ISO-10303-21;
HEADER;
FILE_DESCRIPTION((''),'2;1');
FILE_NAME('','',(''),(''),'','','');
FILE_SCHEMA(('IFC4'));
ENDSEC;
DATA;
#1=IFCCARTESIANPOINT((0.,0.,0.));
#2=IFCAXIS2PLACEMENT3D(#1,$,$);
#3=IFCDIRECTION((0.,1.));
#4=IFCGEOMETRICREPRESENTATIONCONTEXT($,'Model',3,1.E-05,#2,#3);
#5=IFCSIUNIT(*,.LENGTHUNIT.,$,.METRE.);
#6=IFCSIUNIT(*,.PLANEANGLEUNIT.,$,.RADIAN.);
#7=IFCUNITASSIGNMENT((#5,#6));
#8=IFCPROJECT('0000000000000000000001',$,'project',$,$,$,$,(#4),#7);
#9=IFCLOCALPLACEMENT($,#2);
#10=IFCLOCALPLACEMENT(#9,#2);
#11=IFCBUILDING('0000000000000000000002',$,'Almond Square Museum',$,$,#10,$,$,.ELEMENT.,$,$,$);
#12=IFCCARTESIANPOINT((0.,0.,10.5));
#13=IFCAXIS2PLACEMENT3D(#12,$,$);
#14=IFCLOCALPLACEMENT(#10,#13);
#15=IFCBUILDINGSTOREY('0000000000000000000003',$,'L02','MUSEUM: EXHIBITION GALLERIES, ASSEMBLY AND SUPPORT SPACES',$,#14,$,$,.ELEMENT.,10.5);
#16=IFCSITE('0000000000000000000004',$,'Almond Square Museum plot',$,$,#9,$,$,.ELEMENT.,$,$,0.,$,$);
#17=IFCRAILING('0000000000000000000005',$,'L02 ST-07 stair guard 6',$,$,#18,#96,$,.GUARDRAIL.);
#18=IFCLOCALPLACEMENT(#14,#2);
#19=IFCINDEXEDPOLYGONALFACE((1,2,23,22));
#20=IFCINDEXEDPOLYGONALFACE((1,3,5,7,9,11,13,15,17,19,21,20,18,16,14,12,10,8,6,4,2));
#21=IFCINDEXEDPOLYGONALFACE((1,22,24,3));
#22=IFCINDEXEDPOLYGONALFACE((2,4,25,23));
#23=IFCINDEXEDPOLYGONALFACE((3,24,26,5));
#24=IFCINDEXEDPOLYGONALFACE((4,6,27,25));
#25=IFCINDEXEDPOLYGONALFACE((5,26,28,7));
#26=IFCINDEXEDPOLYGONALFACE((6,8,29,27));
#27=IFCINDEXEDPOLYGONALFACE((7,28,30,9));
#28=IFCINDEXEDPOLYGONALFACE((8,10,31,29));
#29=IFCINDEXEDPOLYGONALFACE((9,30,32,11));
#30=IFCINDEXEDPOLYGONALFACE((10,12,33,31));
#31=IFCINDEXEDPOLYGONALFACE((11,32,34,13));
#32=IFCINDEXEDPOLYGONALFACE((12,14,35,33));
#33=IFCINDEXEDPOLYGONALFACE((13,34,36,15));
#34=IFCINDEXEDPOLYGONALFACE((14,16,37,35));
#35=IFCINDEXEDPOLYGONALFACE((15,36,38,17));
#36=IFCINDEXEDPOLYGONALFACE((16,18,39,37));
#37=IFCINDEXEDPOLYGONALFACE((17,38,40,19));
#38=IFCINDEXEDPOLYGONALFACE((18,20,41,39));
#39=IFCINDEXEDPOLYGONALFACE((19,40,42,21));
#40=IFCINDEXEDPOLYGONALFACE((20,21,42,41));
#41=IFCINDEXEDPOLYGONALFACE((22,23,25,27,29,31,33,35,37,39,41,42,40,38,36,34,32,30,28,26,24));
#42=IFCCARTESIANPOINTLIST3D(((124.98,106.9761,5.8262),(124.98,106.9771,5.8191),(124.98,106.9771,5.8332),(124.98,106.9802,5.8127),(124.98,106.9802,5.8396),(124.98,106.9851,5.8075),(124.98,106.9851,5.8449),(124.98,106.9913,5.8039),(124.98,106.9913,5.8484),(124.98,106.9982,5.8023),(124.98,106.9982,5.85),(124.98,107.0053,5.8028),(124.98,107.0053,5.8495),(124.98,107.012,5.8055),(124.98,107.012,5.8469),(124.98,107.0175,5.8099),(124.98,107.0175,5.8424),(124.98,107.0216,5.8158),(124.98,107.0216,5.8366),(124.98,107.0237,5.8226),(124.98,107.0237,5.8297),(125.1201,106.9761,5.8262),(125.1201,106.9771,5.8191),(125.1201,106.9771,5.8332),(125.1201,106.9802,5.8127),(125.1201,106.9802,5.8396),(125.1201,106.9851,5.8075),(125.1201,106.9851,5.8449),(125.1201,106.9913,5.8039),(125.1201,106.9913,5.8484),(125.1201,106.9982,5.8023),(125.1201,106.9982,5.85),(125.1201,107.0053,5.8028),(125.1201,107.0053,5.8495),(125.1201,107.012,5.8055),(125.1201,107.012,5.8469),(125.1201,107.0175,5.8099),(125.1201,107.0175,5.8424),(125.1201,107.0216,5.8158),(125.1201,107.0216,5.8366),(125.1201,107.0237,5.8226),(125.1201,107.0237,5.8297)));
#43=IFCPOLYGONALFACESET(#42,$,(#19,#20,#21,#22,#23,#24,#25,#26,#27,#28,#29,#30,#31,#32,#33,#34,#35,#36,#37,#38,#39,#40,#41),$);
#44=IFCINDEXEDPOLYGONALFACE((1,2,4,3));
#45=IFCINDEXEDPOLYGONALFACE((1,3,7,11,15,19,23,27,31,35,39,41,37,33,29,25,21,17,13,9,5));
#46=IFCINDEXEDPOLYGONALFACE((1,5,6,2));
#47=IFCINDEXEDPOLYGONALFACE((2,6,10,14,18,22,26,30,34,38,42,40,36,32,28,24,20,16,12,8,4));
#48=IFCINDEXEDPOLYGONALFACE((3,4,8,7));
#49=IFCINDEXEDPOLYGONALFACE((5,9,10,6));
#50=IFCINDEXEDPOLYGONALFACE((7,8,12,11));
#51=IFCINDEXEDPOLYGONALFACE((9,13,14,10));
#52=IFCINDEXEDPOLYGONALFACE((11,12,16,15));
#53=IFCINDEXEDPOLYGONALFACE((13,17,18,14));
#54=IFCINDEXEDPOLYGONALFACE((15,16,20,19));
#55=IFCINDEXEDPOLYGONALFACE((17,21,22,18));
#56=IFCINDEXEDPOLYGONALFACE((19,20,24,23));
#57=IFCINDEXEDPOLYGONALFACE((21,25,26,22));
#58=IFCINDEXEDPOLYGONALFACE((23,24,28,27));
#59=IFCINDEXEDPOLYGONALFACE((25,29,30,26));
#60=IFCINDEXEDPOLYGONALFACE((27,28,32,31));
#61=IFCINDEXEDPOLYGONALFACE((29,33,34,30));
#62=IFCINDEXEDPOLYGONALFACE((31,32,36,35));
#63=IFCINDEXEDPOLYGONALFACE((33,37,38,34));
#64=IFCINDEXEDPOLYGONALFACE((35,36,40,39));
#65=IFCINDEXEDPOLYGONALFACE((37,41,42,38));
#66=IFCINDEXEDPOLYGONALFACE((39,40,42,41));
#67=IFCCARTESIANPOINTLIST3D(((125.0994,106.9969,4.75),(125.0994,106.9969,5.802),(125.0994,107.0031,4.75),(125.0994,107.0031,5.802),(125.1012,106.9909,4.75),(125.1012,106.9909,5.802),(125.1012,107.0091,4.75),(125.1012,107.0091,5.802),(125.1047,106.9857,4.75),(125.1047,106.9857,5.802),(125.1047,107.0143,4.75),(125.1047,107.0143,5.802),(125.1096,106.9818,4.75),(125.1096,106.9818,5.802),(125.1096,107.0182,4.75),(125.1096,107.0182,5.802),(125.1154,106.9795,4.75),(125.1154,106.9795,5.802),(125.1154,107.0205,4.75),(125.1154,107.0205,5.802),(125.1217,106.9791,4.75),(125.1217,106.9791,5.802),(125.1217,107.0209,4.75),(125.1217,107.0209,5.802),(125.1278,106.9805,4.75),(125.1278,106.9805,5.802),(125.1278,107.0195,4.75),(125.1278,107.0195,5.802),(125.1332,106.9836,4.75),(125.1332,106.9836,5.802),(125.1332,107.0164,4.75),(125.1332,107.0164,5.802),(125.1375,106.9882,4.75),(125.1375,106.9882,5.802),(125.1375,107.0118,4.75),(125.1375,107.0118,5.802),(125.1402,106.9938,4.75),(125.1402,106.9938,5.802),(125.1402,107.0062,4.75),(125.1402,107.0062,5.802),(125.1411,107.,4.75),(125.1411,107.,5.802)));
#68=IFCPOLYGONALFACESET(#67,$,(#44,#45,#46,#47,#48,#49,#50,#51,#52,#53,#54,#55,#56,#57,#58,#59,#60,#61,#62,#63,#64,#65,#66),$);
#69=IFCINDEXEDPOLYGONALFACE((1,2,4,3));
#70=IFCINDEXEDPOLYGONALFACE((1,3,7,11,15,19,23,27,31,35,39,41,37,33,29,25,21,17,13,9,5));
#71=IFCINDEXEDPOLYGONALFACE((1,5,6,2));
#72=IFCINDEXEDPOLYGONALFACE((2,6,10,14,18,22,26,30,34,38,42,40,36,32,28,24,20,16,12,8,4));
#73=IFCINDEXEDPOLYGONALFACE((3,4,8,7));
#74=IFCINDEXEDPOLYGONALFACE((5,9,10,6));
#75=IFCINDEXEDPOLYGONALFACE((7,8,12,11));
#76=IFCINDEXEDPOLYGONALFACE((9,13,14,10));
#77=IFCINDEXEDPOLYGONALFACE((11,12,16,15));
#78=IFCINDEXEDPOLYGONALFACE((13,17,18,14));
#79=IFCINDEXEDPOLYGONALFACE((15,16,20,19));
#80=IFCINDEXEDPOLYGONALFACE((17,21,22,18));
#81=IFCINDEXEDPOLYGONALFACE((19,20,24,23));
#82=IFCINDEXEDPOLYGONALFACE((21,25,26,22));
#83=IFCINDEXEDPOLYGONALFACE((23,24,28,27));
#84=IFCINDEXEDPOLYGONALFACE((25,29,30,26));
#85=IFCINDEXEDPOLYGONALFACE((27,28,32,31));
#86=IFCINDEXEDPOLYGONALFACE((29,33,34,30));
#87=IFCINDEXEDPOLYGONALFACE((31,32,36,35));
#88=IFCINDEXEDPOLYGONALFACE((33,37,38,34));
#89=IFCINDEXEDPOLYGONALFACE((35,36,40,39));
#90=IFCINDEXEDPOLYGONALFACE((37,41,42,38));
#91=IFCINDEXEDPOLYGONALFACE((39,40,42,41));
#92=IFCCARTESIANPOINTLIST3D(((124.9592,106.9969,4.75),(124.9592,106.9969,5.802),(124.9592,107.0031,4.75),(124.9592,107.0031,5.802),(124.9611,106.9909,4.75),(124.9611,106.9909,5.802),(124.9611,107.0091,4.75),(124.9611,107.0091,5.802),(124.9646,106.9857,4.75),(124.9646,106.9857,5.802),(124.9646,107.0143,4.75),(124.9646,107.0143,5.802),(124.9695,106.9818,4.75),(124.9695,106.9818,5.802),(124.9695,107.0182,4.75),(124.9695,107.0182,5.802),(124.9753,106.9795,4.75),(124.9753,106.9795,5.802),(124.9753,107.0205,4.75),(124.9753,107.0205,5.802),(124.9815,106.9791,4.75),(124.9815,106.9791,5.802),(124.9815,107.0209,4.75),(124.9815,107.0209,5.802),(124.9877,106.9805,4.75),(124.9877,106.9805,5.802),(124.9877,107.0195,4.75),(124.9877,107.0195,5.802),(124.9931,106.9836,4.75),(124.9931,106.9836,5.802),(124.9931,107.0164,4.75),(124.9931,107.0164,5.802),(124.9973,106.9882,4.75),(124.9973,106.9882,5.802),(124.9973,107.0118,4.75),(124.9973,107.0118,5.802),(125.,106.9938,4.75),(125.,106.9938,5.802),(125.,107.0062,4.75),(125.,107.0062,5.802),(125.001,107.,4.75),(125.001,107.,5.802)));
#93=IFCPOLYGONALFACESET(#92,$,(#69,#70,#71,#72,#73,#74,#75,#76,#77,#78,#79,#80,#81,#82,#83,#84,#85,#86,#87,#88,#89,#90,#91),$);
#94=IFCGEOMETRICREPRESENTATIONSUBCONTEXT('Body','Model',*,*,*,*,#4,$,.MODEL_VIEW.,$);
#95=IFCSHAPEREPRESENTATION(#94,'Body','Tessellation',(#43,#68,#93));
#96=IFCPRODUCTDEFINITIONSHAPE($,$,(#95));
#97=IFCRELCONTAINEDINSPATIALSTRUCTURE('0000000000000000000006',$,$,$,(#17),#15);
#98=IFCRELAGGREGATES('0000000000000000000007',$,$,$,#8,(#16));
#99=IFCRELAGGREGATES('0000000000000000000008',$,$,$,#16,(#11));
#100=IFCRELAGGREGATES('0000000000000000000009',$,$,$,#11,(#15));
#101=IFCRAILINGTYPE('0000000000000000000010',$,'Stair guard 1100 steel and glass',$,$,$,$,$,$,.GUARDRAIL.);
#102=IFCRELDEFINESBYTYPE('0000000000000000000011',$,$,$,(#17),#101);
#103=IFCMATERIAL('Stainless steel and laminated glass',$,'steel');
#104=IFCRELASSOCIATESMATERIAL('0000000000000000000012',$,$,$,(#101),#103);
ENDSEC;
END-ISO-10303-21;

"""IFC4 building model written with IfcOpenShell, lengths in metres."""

from ifc_helpers import new_model, si_unit, direction, frame, origin, origin_2d, place, context, subcontext, project, spatial, circle, extrude, material, type_object, element, save


model = new_model("IFC4")

# Units and contexts
model_context = context("Model", 3, precision=1e-05, world=origin(), true_north=direction((0.0, 1.0)))
body_context = subcontext(model_context, "Body", "Model", "MODEL_VIEW")
ifc_project = project(units=[si_unit("LENGTHUNIT", "METRE"), si_unit("PLANEANGLEUNIT", "RADIAN")], contexts=[model_context])

# Site, building, storey
site_placement = place(None, origin())
site = spatial("IfcSite", under=ifc_project, at=site_placement, Name="Almond Square Museum plot", CompositionType="ELEMENT", RefElevation=0.0)
building_placement = place(site_placement, origin())
building = spatial("IfcBuilding", under=site, at=building_placement, Name="Almond Square Museum", CompositionType="ELEMENT")
storey_placement = place(building_placement, frame((0.0, 0.0, 10.5)))
storey = spatial("IfcBuildingStorey", under=building, at=storey_placement, Name="L02", Description="MUSEUM: EXHIBITION GALLERIES, ASSEMBLY AND SUPPORT SPACES", CompositionType="ELEMENT", Elevation=10.5)

# Railing
ifc_material_1 = material(Name="Stainless steel and laminated glass", Category="steel")
railing_type_1 = type_object("IfcRailingType", Name="Stair guard 1100 steel and glass", PredefinedType="GUARDRAIL", material=ifc_material_1)
railing_1_placement = place(storey_placement, frame((125.1201, 107.0, 4.75)))
element("IfcRailing", 1, at=railing_1_placement, inside=storey, type_object=railing_type_1, Name="L02 ST-07 stair guard 6", PredefinedType="GUARDRAIL", context=body_context, shape_type="SweptSolid", body=[
    extrude(circle(Radius=0.0239, at=origin_2d()), frame((0.0, 0.0, 1.0762), z_axis=(-1.0, 0.0, 0.0), x_axis=(0.0, -1.0, 0.0)), (0.0, 0.0, 1.0), 0.1401),
    extrude(circle(Radius=0.021, at=origin_2d()), origin(), (0.0, 0.0, 1.0), 1.052),
    extrude(circle(Radius=0.021, at=origin_2d()), frame((-0.1401, 0.0, 0.0)), (0.0, 0.0, 1.0), 1.052),
])

save(model, "model.ifc")
